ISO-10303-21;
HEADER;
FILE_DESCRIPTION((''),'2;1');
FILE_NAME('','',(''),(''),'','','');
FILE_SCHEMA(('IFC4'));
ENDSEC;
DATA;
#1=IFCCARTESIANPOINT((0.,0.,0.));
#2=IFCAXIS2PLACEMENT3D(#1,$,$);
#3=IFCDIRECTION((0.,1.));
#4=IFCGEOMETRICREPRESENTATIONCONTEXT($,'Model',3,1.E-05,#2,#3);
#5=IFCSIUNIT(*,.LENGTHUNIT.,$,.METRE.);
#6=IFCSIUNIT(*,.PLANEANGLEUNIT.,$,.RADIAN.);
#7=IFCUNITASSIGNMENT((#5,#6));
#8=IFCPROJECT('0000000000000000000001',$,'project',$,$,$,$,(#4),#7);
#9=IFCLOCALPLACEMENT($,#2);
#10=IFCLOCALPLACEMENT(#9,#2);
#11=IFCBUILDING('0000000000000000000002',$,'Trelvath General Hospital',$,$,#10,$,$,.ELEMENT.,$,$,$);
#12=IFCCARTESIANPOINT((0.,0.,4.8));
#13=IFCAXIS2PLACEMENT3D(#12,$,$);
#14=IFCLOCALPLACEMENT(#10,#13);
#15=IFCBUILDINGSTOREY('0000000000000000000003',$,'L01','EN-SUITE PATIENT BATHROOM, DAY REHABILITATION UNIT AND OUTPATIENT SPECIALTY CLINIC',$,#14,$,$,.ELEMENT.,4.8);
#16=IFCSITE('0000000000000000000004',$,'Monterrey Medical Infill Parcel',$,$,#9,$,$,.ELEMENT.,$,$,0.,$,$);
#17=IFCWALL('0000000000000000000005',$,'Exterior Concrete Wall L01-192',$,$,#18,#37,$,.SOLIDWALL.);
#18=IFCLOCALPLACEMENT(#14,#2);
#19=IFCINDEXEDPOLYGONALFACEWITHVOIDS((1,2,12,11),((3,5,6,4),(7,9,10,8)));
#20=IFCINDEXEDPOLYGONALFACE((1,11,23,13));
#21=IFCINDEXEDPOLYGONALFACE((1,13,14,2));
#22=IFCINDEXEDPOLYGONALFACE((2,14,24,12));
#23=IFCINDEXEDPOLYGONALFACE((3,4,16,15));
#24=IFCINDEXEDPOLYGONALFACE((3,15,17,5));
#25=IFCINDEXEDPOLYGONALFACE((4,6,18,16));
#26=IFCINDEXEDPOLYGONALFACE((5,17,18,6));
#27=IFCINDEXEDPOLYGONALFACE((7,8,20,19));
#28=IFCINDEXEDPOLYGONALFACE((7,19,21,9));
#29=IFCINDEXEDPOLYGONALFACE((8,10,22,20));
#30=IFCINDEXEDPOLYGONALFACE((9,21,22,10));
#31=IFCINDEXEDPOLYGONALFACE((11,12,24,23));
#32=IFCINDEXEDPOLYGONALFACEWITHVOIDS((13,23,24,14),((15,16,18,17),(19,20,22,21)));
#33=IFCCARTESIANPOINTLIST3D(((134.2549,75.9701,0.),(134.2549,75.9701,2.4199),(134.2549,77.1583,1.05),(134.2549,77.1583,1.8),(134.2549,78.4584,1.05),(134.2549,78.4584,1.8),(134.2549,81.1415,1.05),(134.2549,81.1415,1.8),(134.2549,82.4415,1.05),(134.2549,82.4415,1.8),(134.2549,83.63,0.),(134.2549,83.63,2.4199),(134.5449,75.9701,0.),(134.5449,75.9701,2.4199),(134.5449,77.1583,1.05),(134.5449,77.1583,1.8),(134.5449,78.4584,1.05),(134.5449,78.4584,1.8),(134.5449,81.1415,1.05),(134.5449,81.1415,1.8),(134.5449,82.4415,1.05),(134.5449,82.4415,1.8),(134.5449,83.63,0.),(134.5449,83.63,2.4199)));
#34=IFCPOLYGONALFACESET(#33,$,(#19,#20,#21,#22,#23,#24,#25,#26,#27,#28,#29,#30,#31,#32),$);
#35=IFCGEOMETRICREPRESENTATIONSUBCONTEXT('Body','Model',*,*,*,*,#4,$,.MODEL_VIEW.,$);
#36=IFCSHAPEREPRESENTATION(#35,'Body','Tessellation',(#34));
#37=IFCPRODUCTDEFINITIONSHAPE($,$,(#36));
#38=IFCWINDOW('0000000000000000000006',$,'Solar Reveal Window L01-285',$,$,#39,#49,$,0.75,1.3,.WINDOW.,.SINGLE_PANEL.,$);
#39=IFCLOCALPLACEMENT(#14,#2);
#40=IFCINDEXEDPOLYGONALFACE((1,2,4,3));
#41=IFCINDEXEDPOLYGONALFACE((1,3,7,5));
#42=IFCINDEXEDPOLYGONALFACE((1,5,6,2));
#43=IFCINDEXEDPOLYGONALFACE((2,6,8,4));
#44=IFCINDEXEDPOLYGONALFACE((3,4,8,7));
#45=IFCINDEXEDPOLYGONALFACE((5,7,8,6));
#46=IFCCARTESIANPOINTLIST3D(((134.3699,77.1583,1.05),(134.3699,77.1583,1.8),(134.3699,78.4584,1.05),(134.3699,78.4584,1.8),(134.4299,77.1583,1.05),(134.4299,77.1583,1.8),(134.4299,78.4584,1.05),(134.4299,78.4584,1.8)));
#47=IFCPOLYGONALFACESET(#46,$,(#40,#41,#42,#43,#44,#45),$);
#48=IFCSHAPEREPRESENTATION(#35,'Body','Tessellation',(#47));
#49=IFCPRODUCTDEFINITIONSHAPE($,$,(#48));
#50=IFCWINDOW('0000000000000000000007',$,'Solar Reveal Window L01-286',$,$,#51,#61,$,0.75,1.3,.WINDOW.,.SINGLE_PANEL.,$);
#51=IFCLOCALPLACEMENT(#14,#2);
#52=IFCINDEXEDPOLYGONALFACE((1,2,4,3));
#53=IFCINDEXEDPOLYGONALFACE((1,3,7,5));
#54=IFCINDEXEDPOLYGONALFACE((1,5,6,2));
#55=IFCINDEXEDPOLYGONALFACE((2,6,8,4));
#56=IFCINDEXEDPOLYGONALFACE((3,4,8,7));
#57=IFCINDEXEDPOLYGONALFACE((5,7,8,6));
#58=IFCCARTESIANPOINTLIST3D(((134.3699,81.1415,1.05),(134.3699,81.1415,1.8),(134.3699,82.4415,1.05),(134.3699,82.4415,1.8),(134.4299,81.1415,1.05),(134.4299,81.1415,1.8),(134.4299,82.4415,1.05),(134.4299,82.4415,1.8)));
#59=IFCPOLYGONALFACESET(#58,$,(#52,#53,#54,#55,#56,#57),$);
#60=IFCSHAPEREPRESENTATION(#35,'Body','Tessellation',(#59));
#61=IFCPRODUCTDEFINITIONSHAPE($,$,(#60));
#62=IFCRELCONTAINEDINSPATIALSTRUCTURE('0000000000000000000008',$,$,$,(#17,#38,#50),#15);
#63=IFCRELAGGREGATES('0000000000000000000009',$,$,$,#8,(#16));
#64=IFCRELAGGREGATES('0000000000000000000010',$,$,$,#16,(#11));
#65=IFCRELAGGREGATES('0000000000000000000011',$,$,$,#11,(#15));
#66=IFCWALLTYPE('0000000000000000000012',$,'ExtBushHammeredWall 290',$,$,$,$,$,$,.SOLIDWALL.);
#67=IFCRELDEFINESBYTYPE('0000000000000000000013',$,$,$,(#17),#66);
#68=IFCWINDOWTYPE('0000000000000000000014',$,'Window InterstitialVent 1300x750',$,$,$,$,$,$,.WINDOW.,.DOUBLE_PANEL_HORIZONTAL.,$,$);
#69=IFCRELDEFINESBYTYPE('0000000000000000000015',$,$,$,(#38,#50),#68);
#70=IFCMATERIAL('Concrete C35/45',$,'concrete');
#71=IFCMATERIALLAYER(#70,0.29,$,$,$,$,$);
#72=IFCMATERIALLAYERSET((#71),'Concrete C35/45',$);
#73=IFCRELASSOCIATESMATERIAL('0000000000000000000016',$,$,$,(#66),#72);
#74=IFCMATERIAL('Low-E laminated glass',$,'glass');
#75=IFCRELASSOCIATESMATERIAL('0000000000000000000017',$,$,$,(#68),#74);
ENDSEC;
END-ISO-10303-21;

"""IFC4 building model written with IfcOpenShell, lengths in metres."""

from ifc_helpers import new_model, si_unit, direction, frame, frame_2d, origin, place, context, subcontext, project, spatial, rectangle, extrude, material, layer, layer_set, type_object, element, fill, save


model = new_model("IFC4")

# Units and contexts
model_context = context("Model", 3, precision=1e-05, world=origin(), true_north=direction((0.0, 1.0)))
body_context = subcontext(model_context, "Body", "Model", "MODEL_VIEW")
ifc_project = project(units=[si_unit("LENGTHUNIT", "METRE"), si_unit("PLANEANGLEUNIT", "RADIAN")], contexts=[model_context])

# Site, building, storey
site_placement = place(None, origin())
site = spatial("IfcSite", under=ifc_project, at=site_placement, Name="Monterrey Medical Infill Parcel", CompositionType="ELEMENT", RefElevation=0.0)
building_placement = place(site_placement, origin())
building = spatial("IfcBuilding", under=site, at=building_placement, Name="Trelvath General Hospital", CompositionType="ELEMENT")
storey_placement = place(building_placement, frame((0.0, 0.0, 4.8)))
storey = spatial("IfcBuildingStorey", under=building, at=storey_placement, Name="L01", Description="EN-SUITE PATIENT BATHROOM, DAY REHABILITATION UNIT AND OUTPATIENT SPECIALTY CLINIC", CompositionType="ELEMENT", Elevation=4.8)

# Wall, openings, windows
ifc_material_1 = material(Name="Concrete C35/45", Category="concrete")
ifc_layer_1 = layer(ifc_material_1, 0.29)
ifc_layer_set_1 = layer_set([ifc_layer_1], Name="Concrete C35/45")
wall_type_1 = type_object("IfcWallType", Name="ExtBushHammeredWall 290", PredefinedType="SOLIDWALL", material=ifc_layer_set_1)
wall_1_placement = place(storey_placement, frame((134.3999, 75.97, 0.0), z_axis=(0.0, 0.0, 1.0), x_axis=(0.0, 1.0, 0.0)))
wall_1 = element("IfcWall", 1, at=wall_1_placement, inside=storey, type_object=wall_type_1, Name="Exterior Concrete Wall L01-192", PredefinedType="SOLIDWALL", context=body_context, shape_type="SweptSolid", body=[
    extrude(rectangle(XDim=7.6599, YDim=0.29, at=frame_2d((3.8301, 0.0))), origin(), (0.0, 0.0, 1.0), 2.4199),
])
opening_1_placement = place(wall_1_placement, frame((1.1885, 0.0, 1.05)))
opening_1 = element("IfcOpeningElement", 2, at=opening_1_placement, cuts=wall_1, PredefinedType="OPENING", context=body_context, shape_type="SweptSolid", body=[
    extrude(rectangle(XDim=1.3, YDim=0.75, at=frame_2d((0.6499, 0.375))), frame((0.0, 0.155, 0.0), z_axis=(0.0, -1.0, 0.0), x_axis=(1.0, 0.0, 0.0)), (0.0, 0.0, 1.0), 0.3101),
])
opening_2_placement = place(wall_1_placement, frame((5.1716, 0.0, 1.05)))
opening_2 = element("IfcOpeningElement", 3, at=opening_2_placement, cuts=wall_1, PredefinedType="OPENING", context=body_context, shape_type="SweptSolid", body=[
    extrude(rectangle(XDim=1.3, YDim=0.75, at=frame_2d((0.6499, 0.375))), frame((0.0, 0.155, 0.0), z_axis=(0.0, -1.0, 0.0), x_axis=(1.0, 0.0, 0.0)), (0.0, 0.0, 1.0), 0.3101),
])
ifc_material_2 = material(Name="Low-E laminated glass", Category="glass")
window_type = type_object("IfcWindowType", Name="Window InterstitialVent 1300x750", PartitioningType="DOUBLE_PANEL_HORIZONTAL", PredefinedType="WINDOW", material=ifc_material_2)
window_1_placement = place(opening_1_placement, origin())
window_1 = element("IfcWindow", 4, at=window_1_placement, inside=storey, type_object=window_type, Name="Solar Reveal Window L01-285", OverallHeight=0.75, OverallWidth=1.3, PartitioningType="SINGLE_PANEL", PredefinedType="WINDOW", context=body_context, shape_type="SweptSolid", body=[
    extrude(rectangle(XDim=1.3, YDim=0.75, at=frame_2d((0.6499, 0.375))), frame((0.0, 0.03, 0.0), z_axis=(0.0, -1.0, 0.0), x_axis=(1.0, 0.0, 0.0)), (0.0, 0.0, 1.0), 0.0601),
])
fill(opening_1, window_1)
window_2_placement = place(opening_2_placement, origin())
window_2 = element("IfcWindow", 5, at=window_2_placement, inside=storey, type_object=window_type, Name="Solar Reveal Window L01-286", OverallHeight=0.75, OverallWidth=1.3, PartitioningType="SINGLE_PANEL", PredefinedType="WINDOW", context=body_context, shape_type="SweptSolid", body=[
    extrude(rectangle(XDim=1.3, YDim=0.75, at=frame_2d((0.6499, 0.375))), frame((0.0, 0.03, 0.0), z_axis=(0.0, -1.0, 0.0), x_axis=(1.0, 0.0, 0.0)), (0.0, 0.0, 1.0), 0.0601),
])
fill(opening_2, window_2)

save(model, "model.ifc")
